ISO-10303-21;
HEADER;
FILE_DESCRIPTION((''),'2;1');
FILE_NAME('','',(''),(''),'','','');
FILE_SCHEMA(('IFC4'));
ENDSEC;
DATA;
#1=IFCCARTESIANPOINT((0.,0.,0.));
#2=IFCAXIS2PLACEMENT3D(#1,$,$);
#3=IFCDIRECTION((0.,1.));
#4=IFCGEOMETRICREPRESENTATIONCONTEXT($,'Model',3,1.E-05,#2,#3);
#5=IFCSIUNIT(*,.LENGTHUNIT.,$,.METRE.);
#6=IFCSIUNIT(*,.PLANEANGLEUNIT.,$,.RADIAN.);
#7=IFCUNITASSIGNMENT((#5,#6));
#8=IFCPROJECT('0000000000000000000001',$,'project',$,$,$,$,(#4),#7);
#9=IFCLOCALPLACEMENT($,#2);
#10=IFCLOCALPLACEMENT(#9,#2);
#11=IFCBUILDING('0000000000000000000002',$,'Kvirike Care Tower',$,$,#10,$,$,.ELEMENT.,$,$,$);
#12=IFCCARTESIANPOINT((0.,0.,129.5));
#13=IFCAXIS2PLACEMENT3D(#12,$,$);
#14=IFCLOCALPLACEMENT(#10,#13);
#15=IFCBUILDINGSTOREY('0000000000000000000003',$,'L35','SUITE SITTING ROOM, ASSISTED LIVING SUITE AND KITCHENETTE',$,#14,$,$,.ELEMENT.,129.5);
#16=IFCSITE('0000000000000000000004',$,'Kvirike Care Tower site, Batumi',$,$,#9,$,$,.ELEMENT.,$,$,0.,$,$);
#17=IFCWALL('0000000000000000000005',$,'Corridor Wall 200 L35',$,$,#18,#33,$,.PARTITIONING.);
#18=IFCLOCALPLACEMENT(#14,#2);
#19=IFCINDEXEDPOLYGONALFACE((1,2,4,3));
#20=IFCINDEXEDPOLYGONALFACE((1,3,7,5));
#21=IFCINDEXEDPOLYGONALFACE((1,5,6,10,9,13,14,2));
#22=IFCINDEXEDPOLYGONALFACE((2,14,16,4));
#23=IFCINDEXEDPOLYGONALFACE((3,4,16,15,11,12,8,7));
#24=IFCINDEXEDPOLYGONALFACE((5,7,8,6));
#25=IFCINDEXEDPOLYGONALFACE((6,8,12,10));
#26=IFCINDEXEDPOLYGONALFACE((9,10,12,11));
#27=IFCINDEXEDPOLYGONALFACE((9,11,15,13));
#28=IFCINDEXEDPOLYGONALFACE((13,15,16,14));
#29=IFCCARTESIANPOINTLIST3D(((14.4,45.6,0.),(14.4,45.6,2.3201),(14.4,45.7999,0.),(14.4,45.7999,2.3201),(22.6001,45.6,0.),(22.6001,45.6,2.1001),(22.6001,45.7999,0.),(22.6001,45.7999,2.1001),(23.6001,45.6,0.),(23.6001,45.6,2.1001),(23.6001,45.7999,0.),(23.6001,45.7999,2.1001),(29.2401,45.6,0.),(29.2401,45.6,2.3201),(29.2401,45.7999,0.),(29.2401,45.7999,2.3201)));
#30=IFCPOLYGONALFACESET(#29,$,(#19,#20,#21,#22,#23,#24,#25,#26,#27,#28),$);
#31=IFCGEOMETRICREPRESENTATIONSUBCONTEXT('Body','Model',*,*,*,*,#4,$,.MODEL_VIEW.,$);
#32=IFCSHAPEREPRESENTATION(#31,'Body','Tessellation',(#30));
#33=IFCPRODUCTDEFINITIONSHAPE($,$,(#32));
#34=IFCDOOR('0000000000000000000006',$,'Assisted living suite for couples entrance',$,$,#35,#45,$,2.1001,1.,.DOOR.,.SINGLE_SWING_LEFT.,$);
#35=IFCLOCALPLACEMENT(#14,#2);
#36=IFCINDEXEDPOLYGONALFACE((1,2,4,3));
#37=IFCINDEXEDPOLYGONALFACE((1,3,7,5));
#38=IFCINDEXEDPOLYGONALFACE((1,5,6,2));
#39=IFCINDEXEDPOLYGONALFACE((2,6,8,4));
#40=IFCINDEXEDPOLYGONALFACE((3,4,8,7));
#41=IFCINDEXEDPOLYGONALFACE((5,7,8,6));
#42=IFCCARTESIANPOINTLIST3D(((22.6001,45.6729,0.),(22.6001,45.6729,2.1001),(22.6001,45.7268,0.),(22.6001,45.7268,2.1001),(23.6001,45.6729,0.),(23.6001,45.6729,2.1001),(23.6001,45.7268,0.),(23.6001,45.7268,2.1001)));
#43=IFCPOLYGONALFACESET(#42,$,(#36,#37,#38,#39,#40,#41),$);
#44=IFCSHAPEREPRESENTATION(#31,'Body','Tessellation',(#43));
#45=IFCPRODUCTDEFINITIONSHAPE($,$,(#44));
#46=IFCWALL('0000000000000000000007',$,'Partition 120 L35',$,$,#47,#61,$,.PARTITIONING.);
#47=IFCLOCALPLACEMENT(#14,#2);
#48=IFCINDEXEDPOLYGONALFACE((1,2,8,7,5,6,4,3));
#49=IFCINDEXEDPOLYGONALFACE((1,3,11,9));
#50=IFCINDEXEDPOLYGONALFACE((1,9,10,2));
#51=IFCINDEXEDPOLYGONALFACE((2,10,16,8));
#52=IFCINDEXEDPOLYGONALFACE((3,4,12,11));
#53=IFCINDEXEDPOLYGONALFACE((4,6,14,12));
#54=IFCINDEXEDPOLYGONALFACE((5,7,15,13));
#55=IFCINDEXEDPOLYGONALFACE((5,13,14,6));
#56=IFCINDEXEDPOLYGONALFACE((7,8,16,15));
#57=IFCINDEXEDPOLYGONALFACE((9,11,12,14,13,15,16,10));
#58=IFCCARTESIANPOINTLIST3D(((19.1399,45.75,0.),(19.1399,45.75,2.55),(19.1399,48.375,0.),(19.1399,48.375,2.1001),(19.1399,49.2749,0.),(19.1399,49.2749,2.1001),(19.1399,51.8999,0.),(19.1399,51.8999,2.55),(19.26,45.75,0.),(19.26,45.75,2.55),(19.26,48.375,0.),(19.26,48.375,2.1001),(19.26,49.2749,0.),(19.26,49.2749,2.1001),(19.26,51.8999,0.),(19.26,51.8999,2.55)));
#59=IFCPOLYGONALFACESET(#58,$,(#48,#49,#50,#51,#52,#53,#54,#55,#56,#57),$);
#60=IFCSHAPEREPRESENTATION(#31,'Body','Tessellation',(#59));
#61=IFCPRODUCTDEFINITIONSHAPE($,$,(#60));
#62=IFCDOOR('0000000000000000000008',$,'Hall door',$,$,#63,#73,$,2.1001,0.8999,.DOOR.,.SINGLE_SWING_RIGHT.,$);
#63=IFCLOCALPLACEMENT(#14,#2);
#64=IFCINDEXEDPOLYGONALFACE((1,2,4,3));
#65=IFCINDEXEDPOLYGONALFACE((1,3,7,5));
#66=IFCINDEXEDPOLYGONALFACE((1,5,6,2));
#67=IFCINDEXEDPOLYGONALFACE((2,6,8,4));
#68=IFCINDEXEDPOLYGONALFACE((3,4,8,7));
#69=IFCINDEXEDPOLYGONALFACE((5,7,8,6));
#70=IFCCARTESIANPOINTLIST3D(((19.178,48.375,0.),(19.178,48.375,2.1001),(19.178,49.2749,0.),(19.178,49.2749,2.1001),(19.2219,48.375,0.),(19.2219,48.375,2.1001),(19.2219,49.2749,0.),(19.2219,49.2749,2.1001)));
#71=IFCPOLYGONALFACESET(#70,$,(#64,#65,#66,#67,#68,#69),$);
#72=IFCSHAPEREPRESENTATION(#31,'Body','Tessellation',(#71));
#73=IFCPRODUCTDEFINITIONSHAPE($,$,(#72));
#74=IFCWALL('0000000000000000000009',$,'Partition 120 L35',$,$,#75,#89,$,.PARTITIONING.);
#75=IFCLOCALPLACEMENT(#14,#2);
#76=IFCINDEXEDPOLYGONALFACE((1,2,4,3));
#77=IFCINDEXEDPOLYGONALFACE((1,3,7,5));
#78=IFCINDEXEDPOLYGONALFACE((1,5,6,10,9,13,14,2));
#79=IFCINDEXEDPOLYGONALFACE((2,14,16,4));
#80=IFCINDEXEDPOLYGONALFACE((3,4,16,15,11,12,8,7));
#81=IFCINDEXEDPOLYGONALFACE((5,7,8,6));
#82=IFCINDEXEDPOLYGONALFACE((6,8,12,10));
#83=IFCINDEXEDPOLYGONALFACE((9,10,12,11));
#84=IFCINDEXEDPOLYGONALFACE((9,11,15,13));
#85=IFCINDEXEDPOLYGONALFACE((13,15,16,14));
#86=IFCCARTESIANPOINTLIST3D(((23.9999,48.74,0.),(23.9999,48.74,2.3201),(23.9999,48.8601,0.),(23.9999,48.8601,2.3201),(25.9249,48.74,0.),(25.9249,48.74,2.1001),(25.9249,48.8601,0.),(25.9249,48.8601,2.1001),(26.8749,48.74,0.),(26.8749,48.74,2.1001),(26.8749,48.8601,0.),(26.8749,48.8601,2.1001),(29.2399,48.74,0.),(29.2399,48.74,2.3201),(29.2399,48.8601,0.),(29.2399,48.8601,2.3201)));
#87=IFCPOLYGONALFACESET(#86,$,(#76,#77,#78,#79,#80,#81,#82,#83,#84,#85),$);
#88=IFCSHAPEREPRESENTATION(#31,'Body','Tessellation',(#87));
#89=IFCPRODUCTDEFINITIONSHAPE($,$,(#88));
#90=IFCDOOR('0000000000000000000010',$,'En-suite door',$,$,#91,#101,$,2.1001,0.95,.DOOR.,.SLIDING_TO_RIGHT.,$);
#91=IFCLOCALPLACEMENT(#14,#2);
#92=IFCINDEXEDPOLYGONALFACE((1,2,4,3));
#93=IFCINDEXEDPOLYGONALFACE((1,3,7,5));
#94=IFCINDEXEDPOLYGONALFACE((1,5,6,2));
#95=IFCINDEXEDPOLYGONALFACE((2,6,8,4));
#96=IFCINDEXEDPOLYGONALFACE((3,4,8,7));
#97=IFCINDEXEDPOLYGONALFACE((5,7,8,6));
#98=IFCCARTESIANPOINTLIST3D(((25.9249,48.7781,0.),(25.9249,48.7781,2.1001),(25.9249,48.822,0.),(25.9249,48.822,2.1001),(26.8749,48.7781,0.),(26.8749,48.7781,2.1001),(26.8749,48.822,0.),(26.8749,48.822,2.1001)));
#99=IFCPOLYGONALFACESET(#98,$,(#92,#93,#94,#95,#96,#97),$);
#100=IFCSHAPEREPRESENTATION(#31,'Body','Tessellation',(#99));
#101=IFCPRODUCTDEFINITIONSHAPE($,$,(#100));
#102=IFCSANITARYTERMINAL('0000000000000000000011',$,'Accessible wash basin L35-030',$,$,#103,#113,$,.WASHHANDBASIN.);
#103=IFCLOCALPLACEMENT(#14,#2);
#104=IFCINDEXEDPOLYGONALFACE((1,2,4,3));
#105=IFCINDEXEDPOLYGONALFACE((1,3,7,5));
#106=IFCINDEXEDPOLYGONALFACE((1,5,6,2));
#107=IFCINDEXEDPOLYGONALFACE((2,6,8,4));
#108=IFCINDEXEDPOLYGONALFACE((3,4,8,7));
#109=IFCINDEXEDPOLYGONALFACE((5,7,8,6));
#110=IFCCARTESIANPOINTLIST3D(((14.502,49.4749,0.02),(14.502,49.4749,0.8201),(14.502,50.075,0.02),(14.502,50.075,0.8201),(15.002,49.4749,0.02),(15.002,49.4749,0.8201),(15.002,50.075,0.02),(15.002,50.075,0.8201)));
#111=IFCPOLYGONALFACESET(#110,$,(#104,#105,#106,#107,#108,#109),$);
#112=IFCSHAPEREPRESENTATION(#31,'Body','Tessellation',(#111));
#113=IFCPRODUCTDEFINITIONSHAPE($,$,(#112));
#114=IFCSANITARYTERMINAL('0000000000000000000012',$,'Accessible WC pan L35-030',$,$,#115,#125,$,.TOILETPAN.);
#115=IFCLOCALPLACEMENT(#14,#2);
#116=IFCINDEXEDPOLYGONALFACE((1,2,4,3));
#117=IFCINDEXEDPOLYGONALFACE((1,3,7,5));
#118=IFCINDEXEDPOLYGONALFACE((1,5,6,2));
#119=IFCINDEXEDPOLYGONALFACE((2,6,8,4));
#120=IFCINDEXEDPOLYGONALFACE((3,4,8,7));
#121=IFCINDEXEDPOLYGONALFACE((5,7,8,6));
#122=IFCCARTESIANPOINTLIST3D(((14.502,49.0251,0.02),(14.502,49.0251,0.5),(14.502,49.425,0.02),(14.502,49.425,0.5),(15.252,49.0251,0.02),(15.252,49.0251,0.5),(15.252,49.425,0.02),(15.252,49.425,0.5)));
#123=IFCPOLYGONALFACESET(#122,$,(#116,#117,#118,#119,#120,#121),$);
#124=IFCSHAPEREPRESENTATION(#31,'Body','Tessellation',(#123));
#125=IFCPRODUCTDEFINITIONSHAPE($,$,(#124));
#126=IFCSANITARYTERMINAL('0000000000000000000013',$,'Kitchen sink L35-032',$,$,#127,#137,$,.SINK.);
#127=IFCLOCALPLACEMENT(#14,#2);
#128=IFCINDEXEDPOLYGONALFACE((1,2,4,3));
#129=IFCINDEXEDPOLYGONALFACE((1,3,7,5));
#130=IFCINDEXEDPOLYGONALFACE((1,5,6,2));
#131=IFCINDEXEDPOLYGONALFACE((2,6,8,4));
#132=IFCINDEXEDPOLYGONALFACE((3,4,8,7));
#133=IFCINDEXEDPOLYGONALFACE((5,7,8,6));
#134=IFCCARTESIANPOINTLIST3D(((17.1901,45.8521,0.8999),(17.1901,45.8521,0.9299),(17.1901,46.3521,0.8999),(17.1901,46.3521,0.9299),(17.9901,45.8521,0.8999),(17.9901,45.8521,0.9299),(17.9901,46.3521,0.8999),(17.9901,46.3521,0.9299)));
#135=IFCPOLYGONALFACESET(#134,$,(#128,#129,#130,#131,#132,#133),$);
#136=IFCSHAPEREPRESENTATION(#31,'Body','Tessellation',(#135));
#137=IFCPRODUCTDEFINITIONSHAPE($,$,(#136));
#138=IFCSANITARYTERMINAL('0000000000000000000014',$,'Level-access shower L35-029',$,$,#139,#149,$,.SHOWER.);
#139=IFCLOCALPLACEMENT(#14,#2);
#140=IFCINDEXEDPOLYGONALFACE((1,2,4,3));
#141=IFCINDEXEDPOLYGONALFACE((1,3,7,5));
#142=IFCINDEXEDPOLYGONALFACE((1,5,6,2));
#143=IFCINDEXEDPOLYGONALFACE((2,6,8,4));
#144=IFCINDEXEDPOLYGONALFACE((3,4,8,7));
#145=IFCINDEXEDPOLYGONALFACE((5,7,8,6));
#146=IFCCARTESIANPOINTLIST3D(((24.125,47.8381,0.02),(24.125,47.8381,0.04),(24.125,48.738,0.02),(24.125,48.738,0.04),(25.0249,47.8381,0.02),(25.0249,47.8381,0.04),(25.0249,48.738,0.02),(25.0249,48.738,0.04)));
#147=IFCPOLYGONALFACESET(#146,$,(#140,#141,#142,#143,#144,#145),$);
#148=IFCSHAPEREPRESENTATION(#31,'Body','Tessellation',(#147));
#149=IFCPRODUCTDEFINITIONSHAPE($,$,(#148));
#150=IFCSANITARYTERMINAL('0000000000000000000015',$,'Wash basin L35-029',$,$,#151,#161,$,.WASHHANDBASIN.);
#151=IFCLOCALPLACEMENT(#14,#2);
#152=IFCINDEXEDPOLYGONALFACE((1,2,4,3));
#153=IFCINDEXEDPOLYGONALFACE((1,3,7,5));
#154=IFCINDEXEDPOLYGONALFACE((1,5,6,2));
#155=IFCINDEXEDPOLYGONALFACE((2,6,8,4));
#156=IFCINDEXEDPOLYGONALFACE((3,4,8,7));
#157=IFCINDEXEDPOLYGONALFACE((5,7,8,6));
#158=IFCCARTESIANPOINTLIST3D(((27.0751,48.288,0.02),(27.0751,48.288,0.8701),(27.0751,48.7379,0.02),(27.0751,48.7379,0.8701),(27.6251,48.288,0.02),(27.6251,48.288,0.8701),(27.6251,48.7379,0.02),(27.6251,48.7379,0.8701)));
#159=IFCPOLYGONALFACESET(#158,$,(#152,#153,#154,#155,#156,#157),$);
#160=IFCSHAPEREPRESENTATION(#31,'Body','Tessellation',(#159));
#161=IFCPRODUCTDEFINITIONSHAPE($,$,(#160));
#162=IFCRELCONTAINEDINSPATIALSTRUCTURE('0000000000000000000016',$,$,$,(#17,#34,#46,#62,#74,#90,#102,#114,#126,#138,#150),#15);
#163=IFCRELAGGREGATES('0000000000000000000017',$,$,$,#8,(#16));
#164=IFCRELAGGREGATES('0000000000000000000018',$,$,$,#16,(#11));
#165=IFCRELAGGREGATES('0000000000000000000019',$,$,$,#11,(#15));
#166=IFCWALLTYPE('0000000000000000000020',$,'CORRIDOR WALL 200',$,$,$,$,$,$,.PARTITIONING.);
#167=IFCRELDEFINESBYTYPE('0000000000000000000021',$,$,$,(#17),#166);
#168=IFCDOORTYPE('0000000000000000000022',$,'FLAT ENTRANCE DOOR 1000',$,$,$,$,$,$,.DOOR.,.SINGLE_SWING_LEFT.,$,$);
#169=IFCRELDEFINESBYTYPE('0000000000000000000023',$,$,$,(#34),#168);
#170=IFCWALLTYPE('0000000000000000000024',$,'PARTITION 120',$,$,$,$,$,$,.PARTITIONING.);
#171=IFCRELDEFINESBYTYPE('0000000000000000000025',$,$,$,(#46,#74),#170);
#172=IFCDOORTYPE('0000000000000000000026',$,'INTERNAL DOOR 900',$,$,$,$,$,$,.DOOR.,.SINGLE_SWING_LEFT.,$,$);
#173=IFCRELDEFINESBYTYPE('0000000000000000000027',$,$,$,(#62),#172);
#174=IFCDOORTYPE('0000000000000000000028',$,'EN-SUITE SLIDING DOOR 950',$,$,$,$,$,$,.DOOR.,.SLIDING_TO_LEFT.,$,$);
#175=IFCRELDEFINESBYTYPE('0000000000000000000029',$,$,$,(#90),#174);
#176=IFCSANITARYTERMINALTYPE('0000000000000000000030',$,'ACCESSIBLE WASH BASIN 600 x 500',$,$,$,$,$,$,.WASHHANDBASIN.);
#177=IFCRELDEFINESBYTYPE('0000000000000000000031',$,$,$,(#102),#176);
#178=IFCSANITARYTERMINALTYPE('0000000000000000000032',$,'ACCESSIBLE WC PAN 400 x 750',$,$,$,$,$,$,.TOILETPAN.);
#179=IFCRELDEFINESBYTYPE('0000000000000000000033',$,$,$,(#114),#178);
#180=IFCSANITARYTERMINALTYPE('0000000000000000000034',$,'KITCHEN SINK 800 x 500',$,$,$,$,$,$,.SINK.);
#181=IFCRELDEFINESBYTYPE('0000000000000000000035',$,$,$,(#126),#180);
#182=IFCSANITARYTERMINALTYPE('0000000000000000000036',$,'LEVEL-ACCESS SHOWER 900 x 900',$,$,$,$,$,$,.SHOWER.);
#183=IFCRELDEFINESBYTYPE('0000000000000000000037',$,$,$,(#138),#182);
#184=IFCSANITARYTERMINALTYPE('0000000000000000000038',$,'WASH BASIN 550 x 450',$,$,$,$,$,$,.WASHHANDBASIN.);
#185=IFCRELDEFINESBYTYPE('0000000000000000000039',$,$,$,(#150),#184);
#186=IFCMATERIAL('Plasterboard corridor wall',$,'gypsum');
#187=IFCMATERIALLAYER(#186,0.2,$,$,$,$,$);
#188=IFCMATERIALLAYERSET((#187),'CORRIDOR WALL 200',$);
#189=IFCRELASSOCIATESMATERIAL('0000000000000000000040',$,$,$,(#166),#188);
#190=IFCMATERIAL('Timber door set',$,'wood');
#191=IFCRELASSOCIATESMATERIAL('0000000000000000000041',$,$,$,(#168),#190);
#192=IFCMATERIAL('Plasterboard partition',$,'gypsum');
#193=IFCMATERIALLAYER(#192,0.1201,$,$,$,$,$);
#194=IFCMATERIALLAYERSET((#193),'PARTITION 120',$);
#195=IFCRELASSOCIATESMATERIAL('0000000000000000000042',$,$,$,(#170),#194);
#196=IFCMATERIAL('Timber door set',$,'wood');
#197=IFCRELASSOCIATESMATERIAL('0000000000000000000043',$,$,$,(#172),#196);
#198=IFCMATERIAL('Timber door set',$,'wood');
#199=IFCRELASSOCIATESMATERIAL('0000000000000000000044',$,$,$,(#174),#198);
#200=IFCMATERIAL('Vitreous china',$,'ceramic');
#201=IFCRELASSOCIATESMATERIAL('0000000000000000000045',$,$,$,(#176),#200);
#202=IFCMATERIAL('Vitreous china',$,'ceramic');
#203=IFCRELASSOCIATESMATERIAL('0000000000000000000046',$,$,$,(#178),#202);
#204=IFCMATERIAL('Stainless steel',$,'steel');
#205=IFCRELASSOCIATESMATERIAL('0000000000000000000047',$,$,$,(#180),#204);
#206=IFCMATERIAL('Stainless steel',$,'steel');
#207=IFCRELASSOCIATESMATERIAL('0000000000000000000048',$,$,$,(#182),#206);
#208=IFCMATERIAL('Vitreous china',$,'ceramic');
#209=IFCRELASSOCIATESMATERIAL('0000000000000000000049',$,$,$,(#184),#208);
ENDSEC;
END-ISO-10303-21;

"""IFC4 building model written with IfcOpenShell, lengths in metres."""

from ifc_helpers import new_model, si_unit, direction, frame, frame_2d, origin, origin_2d, place, context, subcontext, project, spatial, rectangle, extrude, material, layer, layer_set, type_object, element, fill, save


model = new_model("IFC4")

# Units and contexts
model_context = context("Model", 3, precision=1e-05, world=origin(), true_north=direction((0.0, 1.0)))
body_context = subcontext(model_context, "Body", "Model", "MODEL_VIEW")
ifc_project = project(units=[si_unit("LENGTHUNIT", "METRE"), si_unit("PLANEANGLEUNIT", "RADIAN")], contexts=[model_context])

# Site, building, storey
site_placement = place(None, origin())
site = spatial("IfcSite", under=ifc_project, at=site_placement, Name="Kvirike Care Tower site, Batumi", CompositionType="ELEMENT", RefElevation=0.0)
building_placement = place(site_placement, origin())
building = spatial("IfcBuilding", under=site, at=building_placement, Name="Kvirike Care Tower", CompositionType="ELEMENT")
storey_placement = place(building_placement, frame((0.0, 0.0, 129.5)))
storey = spatial("IfcBuildingStorey", under=building, at=storey_placement, Name="L35", Description="SUITE SITTING ROOM, ASSISTED LIVING SUITE AND KITCHENETTE", CompositionType="ELEMENT", Elevation=129.5)

# Walls, openings, doors
ifc_material_1 = material(Name="Plasterboard corridor wall", Category="gypsum")
ifc_layer_1 = layer(ifc_material_1, 0.2)
ifc_layer_set_1 = layer_set([ifc_layer_1], Name="CORRIDOR WALL 200")
wall_type_1 = type_object("IfcWallType", Name="CORRIDOR WALL 200", PredefinedType="PARTITIONING", material=ifc_layer_set_1)
wall_1_placement = place(storey_placement, frame((29.24, 45.7, 0.0), z_axis=(0.0, 0.0, 1.0), x_axis=(-1.0, 0.0, 0.0)))
wall_1 = element("IfcWall", 1, at=wall_1_placement, inside=storey, type_object=wall_type_1, Name="Corridor Wall 200 L35", PredefinedType="PARTITIONING", context=body_context, shape_type="SweptSolid", body=[
    extrude(rectangle(XDim=14.8401, YDim=0.2, at=frame_2d((7.4199, 0.0))), origin(), (0.0, 0.0, 1.0), 2.3201),
])
opening_1_placement = place(wall_1_placement, frame((5.6399, 0.0, 0.0)))
opening_1 = element("IfcOpeningElement", 2, at=opening_1_placement, cuts=wall_1, PredefinedType="OPENING", context=body_context, shape_type="SweptSolid", body=[
    extrude(rectangle(XDim=1.0, YDim=2.1001, at=frame_2d((0.5, 1.05))), frame((0.0, 0.1106, 0.0), z_axis=(0.0, -1.0, 0.0), x_axis=(1.0, 0.0, 0.0)), (0.0, 0.0, 1.0), 0.2209),
])
ifc_material_2 = material(Name="Timber door set", Category="wood")
door_type_1 = type_object("IfcDoorType", Name="FLAT ENTRANCE DOOR 1000", OperationType="SINGLE_SWING_LEFT", PredefinedType="DOOR", material=ifc_material_2)
door_1_placement = place(opening_1_placement, frame((1.0, 0.0, 0.0), z_axis=(0.0, 0.0, 1.0), x_axis=(-1.0, 0.0, 0.0)))
door_1 = element("IfcDoor", 3, at=door_1_placement, inside=storey, type_object=door_type_1, Name="Assisted living suite for couples entrance", OperationType="SINGLE_SWING_LEFT", OverallHeight=2.1001, OverallWidth=1.0, PredefinedType="DOOR", context=body_context, shape_type="SweptSolid", body=[
    extrude(rectangle(XDim=1.0, YDim=2.1001, at=frame_2d((0.5, 1.05))), frame((0.0, 0.0269, 0.0), z_axis=(0.0, -1.0, 0.0), x_axis=(1.0, 0.0, 0.0)), (0.0, 0.0, 1.0), 0.054),
])
fill(opening_1, door_1)
ifc_material_3 = material(Name="Plasterboard partition", Category="gypsum")
ifc_layer_2 = layer(ifc_material_3, 0.1201)
ifc_layer_set_2 = layer_set([ifc_layer_2], Name="PARTITION 120")
wall_type_2 = type_object("IfcWallType", Name="PARTITION 120", PredefinedType="PARTITIONING", material=ifc_layer_set_2)
wall_2_placement = place(storey_placement, frame((19.2, 51.8999, 0.0), z_axis=(0.0, 0.0, 1.0), x_axis=(0.0, -1.0, 0.0)))
wall_2 = element("IfcWall", 4, at=wall_2_placement, inside=storey, type_object=wall_type_2, Name="Partition 120 L35", PredefinedType="PARTITIONING", context=body_context, shape_type="SweptSolid", body=[
    extrude(rectangle(XDim=6.1499, YDim=0.1201, at=frame_2d((3.075, 0.0))), origin(), (0.0, 0.0, 1.0), 2.55),
])
opening_2_placement = place(wall_2_placement, frame((2.625, 0.0, 0.0)))
opening_2 = element("IfcOpeningElement", 5, at=opening_2_placement, cuts=wall_2, PredefinedType="OPENING", context=body_context, shape_type="SweptSolid", body=[
    extrude(rectangle(XDim=0.8999, YDim=2.1001, at=frame_2d((0.45, 1.05))), frame((0.0, 0.0706, 0.0), z_axis=(0.0, -1.0, 0.0), x_axis=(1.0, 0.0, 0.0)), (0.0, 0.0, 1.0), 0.1411),
])
ifc_material_4 = material(Name="Timber door set", Category="wood")
door_type_2 = type_object("IfcDoorType", Name="INTERNAL DOOR 900", OperationType="SINGLE_SWING_LEFT", PredefinedType="DOOR", material=ifc_material_4)
door_2_placement = place(opening_2_placement, frame((0.8999, 0.0, 0.0), z_axis=(0.0, 0.0, 1.0), x_axis=(-1.0, 0.0, 0.0)))
door_2 = element("IfcDoor", 6, at=door_2_placement, inside=storey, type_object=door_type_2, Name="Hall door", OperationType="SINGLE_SWING_RIGHT", OverallHeight=2.1001, OverallWidth=0.8999, PredefinedType="DOOR", context=body_context, shape_type="SweptSolid", body=[
    extrude(rectangle(XDim=0.8999, YDim=2.1001, at=frame_2d((0.45, 1.05))), frame((0.0, 0.022, 0.0), z_axis=(0.0, -1.0, 0.0), x_axis=(1.0, 0.0, 0.0)), (0.0, 0.0, 1.0), 0.0439),
])
fill(opening_2, door_2)
wall_3_placement = place(storey_placement, frame((29.24, 48.8, 0.0), z_axis=(0.0, 0.0, 1.0), x_axis=(-1.0, 0.0, 0.0)))
wall_3 = element("IfcWall", 7, at=wall_3_placement, inside=storey, type_object=wall_type_2, Name="Partition 120 L35", PredefinedType="PARTITIONING", context=body_context, shape_type="SweptSolid", body=[
    extrude(rectangle(XDim=5.24, YDim=0.1201, at=frame_2d((2.6201, 0.0))), origin(), (0.0, 0.0, 1.0), 2.3201),
])
opening_3_placement = place(wall_3_placement, frame((2.365, 0.0, 0.0)))
opening_3 = element("IfcOpeningElement", 8, at=opening_3_placement, cuts=wall_3, PredefinedType="OPENING", context=body_context, shape_type="SweptSolid", body=[
    extrude(rectangle(XDim=0.95, YDim=2.1001, at=frame_2d((0.4751, 1.05))), frame((0.0, 0.0706, 0.0), z_axis=(0.0, -1.0, 0.0), x_axis=(1.0, 0.0, 0.0)), (0.0, 0.0, 1.0), 0.1411),
])
ifc_material_5 = material(Name="Timber door set", Category="wood")
door_type_3 = type_object("IfcDoorType", Name="EN-SUITE SLIDING DOOR 950", OperationType="SLIDING_TO_LEFT", PredefinedType="DOOR", material=ifc_material_5)
door_3_placement = place(opening_3_placement, origin())
door_3 = element("IfcDoor", 9, at=door_3_placement, inside=storey, type_object=door_type_3, Name="En-suite door", OperationType="SLIDING_TO_RIGHT", OverallHeight=2.1001, OverallWidth=0.95, PredefinedType="DOOR", context=body_context, shape_type="SweptSolid", body=[
    extrude(rectangle(XDim=0.95, YDim=2.1001, at=frame_2d((0.4751, 1.05))), frame((0.0, 0.022, 0.0), z_axis=(0.0, -1.0, 0.0), x_axis=(1.0, 0.0, 0.0)), (0.0, 0.0, 1.0), 0.0439),
])
fill(opening_3, door_3)

# Sanitary terminals
ifc_material_6 = material(Name="Vitreous china", Category="ceramic")
sanitary_terminal_type_1 = type_object("IfcSanitaryTerminalType", Name="ACCESSIBLE WASH BASIN 600 x 500", PredefinedType="WASHHANDBASIN", material=ifc_material_6)
sanitary_terminal_1_placement = place(storey_placement, frame((14.752, 49.7749, 0.02), z_axis=(0.0, 0.0, 1.0), x_axis=(0.0, 1.0, 0.0)))
element("IfcSanitaryTerminal", 10, at=sanitary_terminal_1_placement, inside=storey, type_object=sanitary_terminal_type_1, Name="Accessible wash basin L35-030", PredefinedType="WASHHANDBASIN", context=body_context, shape_type="SweptSolid", body=[
    extrude(rectangle(XDim=0.6001, YDim=0.5, at=origin_2d()), origin(), (0.0, 0.0, 1.0), 0.8),
])
ifc_material_7 = material(Name="Vitreous china", Category="ceramic")
sanitary_terminal_type_2 = type_object("IfcSanitaryTerminalType", Name="ACCESSIBLE WC PAN 400 x 750", PredefinedType="TOILETPAN", material=ifc_material_7)
sanitary_terminal_2_placement = place(storey_placement, frame((14.877, 49.2251, 0.02), z_axis=(0.0, 0.0, 1.0), x_axis=(0.0, 1.0, 0.0)))
element("IfcSanitaryTerminal", 11, at=sanitary_terminal_2_placement, inside=storey, type_object=sanitary_terminal_type_2, Name="Accessible WC pan L35-030", PredefinedType="TOILETPAN", context=body_context, shape_type="SweptSolid", body=[
    extrude(rectangle(XDim=0.3999, YDim=0.75, at=origin_2d()), origin(), (0.0, 0.0, 1.0), 0.48),
])
ifc_material_8 = material(Name="Stainless steel", Category="steel")
sanitary_terminal_type_3 = type_object("IfcSanitaryTerminalType", Name="KITCHEN SINK 800 x 500", PredefinedType="SINK", material=ifc_material_8)
sanitary_terminal_3_placement = place(storey_placement, frame((17.5901, 46.1021, 0.8999), z_axis=(0.0, 0.0, 1.0), x_axis=(-1.0, 0.0, 0.0)))
element("IfcSanitaryTerminal", 12, at=sanitary_terminal_3_placement, inside=storey, type_object=sanitary_terminal_type_3, Name="Kitchen sink L35-032", PredefinedType="SINK", context=body_context, shape_type="SweptSolid", body=[
    extrude(rectangle(XDim=0.8, YDim=0.5, at=origin_2d()), origin(), (0.0, 0.0, 1.0), 0.03),
])
ifc_material_9 = material(Name="Stainless steel", Category="steel")
sanitary_terminal_type_4 = type_object("IfcSanitaryTerminalType", Name="LEVEL-ACCESS SHOWER 900 x 900", PredefinedType="SHOWER", material=ifc_material_9)
sanitary_terminal_4_placement = place(storey_placement, frame((24.575, 48.2881, 0.02), z_axis=(0.0, 0.0, 1.0), x_axis=(1.0, 0.0, 0.0)))
element("IfcSanitaryTerminal", 13, at=sanitary_terminal_4_placement, inside=storey, type_object=sanitary_terminal_type_4, Name="Level-access shower L35-029", PredefinedType="SHOWER", context=body_context, shape_type="SweptSolid", body=[
    extrude(rectangle(XDim=0.8999, YDim=0.8999, at=origin_2d()), origin(), (0.0, 0.0, 1.0), 0.02),
])
ifc_material_10 = material(Name="Vitreous china", Category="ceramic")
sanitary_terminal_type_5 = type_object("IfcSanitaryTerminalType", Name="WASH BASIN 550 x 450", PredefinedType="WASHHANDBASIN", material=ifc_material_10)
sanitary_terminal_5_placement = place(storey_placement, frame((27.3501, 48.5129, 0.02), z_axis=(0.0, 0.0, 1.0), x_axis=(1.0, 0.0, 0.0)))
element("IfcSanitaryTerminal", 14, at=sanitary_terminal_5_placement, inside=storey, type_object=sanitary_terminal_type_5, Name="Wash basin L35-029", PredefinedType="WASHHANDBASIN", context=body_context, shape_type="SweptSolid", body=[
    extrude(rectangle(XDim=0.55, YDim=0.45, at=origin_2d()), origin(), (0.0, 0.0, 1.0), 0.8501),
])

save(model, "model.ifc")
